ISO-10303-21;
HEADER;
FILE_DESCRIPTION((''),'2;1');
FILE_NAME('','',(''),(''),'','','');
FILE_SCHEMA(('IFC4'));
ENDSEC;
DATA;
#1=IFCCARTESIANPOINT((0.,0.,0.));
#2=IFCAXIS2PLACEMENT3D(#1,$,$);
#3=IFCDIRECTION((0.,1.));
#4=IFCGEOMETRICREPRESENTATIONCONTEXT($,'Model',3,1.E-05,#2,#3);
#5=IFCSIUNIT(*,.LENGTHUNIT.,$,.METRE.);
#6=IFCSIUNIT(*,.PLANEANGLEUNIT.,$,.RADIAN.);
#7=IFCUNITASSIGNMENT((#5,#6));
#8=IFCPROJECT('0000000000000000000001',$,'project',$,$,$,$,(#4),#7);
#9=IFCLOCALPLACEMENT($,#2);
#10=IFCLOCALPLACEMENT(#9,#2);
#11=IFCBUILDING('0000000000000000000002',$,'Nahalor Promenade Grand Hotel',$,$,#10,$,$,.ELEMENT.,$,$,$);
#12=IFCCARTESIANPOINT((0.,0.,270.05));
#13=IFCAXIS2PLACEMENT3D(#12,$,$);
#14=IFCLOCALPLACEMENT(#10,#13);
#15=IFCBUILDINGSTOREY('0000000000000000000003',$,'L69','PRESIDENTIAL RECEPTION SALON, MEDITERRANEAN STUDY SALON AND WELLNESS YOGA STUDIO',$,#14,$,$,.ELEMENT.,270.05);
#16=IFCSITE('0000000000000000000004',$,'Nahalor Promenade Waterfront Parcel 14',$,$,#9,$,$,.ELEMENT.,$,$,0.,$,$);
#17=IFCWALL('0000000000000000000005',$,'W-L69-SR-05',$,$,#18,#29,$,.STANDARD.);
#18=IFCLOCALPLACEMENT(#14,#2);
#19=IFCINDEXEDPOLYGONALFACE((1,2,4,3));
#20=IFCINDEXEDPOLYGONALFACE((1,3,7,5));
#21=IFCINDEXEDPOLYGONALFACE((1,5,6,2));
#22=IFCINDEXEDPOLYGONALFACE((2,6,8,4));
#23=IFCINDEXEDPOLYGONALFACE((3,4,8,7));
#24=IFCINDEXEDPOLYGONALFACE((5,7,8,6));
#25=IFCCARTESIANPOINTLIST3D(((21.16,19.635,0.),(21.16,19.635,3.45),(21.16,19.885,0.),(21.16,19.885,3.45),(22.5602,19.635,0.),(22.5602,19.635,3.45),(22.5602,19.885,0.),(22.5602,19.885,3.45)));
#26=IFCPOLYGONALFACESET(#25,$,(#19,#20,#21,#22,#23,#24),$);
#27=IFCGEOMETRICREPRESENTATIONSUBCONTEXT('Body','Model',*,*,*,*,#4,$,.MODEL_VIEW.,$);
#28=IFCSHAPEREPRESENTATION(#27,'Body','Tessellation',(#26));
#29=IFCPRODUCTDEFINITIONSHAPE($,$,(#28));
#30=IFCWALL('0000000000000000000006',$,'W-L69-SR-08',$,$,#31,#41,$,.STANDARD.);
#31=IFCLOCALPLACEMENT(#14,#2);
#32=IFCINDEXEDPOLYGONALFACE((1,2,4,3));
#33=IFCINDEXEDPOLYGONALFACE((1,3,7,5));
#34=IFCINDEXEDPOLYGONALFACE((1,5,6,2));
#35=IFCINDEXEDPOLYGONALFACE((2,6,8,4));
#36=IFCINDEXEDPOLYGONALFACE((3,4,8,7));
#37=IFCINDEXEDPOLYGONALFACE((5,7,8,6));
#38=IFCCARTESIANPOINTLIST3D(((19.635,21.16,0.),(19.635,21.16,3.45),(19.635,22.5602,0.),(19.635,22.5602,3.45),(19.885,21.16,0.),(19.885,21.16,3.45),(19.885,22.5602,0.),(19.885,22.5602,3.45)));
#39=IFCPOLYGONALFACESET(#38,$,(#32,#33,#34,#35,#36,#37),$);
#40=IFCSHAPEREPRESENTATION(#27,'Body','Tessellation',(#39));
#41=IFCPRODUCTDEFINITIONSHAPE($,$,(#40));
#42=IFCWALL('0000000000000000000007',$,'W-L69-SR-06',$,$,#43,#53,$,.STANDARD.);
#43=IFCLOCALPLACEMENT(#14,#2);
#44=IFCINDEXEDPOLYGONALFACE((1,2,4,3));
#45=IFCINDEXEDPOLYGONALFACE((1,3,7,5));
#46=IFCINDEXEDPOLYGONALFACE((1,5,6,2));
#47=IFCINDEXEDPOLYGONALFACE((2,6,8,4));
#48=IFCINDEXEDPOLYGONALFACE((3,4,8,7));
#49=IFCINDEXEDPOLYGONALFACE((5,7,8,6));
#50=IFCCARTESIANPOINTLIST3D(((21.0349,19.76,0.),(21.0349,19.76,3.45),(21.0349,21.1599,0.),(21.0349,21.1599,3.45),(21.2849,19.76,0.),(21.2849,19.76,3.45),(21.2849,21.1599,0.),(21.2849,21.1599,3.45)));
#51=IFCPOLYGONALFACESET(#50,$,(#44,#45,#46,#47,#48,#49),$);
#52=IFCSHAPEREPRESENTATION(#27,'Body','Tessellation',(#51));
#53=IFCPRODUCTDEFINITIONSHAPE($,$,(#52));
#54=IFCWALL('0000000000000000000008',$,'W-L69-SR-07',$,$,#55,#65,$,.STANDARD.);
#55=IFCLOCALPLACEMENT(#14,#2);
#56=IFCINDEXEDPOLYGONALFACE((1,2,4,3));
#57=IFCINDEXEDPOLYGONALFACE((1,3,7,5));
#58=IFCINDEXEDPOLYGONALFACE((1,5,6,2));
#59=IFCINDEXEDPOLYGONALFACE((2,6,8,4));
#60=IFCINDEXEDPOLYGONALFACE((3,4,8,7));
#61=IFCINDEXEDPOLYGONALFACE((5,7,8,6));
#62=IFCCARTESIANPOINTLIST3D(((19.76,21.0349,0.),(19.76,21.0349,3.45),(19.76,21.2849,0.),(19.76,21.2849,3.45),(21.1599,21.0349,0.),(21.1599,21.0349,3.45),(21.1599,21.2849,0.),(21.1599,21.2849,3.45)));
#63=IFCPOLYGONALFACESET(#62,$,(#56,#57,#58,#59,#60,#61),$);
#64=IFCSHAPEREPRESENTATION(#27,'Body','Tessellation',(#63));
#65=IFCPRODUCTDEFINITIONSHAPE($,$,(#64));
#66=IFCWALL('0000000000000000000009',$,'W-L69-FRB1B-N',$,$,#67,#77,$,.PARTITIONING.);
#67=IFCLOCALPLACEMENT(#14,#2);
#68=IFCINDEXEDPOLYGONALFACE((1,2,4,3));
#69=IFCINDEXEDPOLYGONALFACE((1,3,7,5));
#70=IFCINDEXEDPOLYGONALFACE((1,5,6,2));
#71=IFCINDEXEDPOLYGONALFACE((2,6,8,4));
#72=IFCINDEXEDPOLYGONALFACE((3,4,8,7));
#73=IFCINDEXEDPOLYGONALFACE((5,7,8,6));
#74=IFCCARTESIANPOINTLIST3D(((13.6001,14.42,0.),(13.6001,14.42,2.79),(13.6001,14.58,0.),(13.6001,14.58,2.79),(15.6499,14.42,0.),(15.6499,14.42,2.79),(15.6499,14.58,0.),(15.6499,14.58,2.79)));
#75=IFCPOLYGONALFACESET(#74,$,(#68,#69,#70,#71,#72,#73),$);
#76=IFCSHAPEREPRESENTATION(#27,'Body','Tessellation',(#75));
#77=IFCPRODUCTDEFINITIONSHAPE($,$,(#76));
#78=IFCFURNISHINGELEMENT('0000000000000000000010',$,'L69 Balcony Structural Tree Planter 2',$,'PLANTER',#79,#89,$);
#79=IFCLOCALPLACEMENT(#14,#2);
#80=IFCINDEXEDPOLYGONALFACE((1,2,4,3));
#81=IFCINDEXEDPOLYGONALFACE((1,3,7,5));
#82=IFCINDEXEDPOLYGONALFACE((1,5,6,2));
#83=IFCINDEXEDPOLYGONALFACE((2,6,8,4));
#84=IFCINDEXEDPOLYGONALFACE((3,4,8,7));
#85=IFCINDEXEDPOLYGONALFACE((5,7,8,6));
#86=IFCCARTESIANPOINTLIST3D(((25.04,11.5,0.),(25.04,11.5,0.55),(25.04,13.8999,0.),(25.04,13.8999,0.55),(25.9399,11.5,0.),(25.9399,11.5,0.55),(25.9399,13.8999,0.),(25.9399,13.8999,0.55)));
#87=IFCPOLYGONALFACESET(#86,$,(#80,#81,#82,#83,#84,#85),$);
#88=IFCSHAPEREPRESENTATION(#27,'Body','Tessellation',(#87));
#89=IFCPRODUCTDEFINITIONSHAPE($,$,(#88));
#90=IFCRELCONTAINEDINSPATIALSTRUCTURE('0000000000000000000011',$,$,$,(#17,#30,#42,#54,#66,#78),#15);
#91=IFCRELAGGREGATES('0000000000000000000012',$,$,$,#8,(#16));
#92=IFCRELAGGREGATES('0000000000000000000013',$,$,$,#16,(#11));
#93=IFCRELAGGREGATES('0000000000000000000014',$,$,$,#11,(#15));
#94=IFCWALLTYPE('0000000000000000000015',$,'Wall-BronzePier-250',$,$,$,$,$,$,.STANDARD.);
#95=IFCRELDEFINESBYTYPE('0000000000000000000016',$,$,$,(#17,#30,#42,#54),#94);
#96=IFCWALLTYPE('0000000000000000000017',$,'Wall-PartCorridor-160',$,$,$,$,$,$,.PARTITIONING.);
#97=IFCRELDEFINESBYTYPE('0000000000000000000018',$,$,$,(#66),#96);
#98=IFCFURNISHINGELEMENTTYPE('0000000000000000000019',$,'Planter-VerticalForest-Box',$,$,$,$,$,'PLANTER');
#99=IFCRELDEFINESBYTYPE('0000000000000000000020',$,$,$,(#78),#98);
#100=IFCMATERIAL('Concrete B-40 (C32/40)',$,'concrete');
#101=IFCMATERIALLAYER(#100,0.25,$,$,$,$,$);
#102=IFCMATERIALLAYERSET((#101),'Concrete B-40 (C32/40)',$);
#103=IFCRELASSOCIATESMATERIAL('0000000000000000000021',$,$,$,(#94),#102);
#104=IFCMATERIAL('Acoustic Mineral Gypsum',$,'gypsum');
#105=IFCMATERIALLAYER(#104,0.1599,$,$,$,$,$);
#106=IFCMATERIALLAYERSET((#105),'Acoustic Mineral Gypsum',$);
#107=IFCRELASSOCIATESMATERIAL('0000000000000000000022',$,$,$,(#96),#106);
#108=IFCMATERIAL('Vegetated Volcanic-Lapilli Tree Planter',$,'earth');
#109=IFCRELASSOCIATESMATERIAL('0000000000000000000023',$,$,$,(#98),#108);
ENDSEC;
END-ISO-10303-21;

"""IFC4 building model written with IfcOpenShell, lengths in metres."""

from ifc_helpers import new_model, si_unit, direction, frame, frame_2d, origin, origin_2d, place, context, subcontext, project, spatial, rectangle, extrude, source, transform, mapped, material, layer, layer_set, type_object, element, save


model = new_model("IFC4")

# Units and contexts
model_context = context("Model", 3, precision=1e-05, world=origin(), true_north=direction((0.0, 1.0)))
body_context = subcontext(model_context, "Body", "Model", "MODEL_VIEW")
ifc_project = project(units=[si_unit("LENGTHUNIT", "METRE"), si_unit("PLANEANGLEUNIT", "RADIAN")], contexts=[model_context])

# Site, building, storey
site_placement = place(None, origin())
site = spatial("IfcSite", under=ifc_project, at=site_placement, Name="Nahalor Promenade Waterfront Parcel 14", CompositionType="ELEMENT", RefElevation=0.0)
building_placement = place(site_placement, origin())
building = spatial("IfcBuilding", under=site, at=building_placement, Name="Nahalor Promenade Grand Hotel", CompositionType="ELEMENT")
storey_placement = place(building_placement, frame((0.0, 0.0, 270.05)))
storey = spatial("IfcBuildingStorey", under=building, at=storey_placement, Name="L69", Description="PRESIDENTIAL RECEPTION SALON, MEDITERRANEAN STUDY SALON AND WELLNESS YOGA STUDIO", CompositionType="ELEMENT", Elevation=270.05)

# Walls
ifc_material_1 = material(Name="Concrete B-40 (C32/40)", Category="concrete")
ifc_layer_1 = layer(ifc_material_1, 0.25)
ifc_layer_set_1 = layer_set([ifc_layer_1], Name="Concrete B-40 (C32/40)")
wall_type_1 = type_object("IfcWallType", Name="Wall-BronzePier-250", PredefinedType="STANDARD", material=ifc_layer_set_1)
shared_shape_1 = source(origin(), body_context, "Body", "SweptSolid", [
    extrude(rectangle(XDim=1.4001, YDim=0.25, at=frame_2d((0.7002, 0.0))), origin(), (0.0, 0.0, 1.0), 3.45),
])
for number, where, z_axis, x_axis, name in (
    (1, (21.1599, 19.76, 0.0), (0.0, 0.0, 1.0), (1.0, 0.0, 0.0), "W-L69-SR-05"),
    (2, (19.76, 21.1599, 0.0), (0.0, 0.0, 1.0), (0.0, 1.0, 0.0), "W-L69-SR-08"),
):
    element("IfcWall", number, at=place(storey_placement, frame(where, z_axis=z_axis, x_axis=x_axis)), inside=storey, type_object=wall_type_1, Name=name, PredefinedType="STANDARD", context=body_context, shape_type="MappedRepresentation", body=[
        mapped(shared_shape_1, transform((0.0, 0.0, 0.0), scale=1.0)),
    ])
shared_shape_2 = source(origin(), body_context, "Body", "SweptSolid", [
    extrude(rectangle(XDim=1.3999, YDim=0.25, at=frame_2d((0.7, 0.0))), origin(), (0.0, 0.0, 1.0), 3.45),
])
for number, where, z_axis, x_axis, name in (
    (3, (21.1599, 19.76, 0.0), (0.0, 0.0, 1.0), (0.0, 1.0, 0.0), "W-L69-SR-06"),
    (4, (19.76, 21.1599, 0.0), (0.0, 0.0, 1.0), (1.0, 0.0, 0.0), "W-L69-SR-07"),
):
    element("IfcWall", number, at=place(storey_placement, frame(where, z_axis=z_axis, x_axis=x_axis)), inside=storey, type_object=wall_type_1, Name=name, PredefinedType="STANDARD", context=body_context, shape_type="MappedRepresentation", body=[
        mapped(shared_shape_2, transform((0.0, 0.0, 0.0), scale=1.0)),
    ])
ifc_material_2 = material(Name="Acoustic Mineral Gypsum", Category="gypsum")
ifc_layer_2 = layer(ifc_material_2, 0.1599)
ifc_layer_set_2 = layer_set([ifc_layer_2], Name="Acoustic Mineral Gypsum")
wall_type_2 = type_object("IfcWallType", Name="Wall-PartCorridor-160", PredefinedType="PARTITIONING", material=ifc_layer_set_2)
shared_shape_3 = source(origin(), body_context, "Body", "SweptSolid", [
    extrude(rectangle(XDim=2.0498, YDim=0.1599, at=frame_2d((1.0249, 0.0))), origin(), (0.0, 0.0, 1.0), 2.79),
])
wall_1_placement = place(storey_placement, frame((13.6001, 14.5, 0.0), z_axis=(0.0, 0.0, 1.0), x_axis=(1.0, 0.0, 0.0)))
element("IfcWall", 5, at=wall_1_placement, inside=storey, type_object=wall_type_2, Name="W-L69-FRB1B-N", PredefinedType="PARTITIONING", context=body_context, shape_type="MappedRepresentation", body=[
    mapped(shared_shape_3, transform((0.0, 0.0, 0.0), scale=1.0)),
])

# Furnishing element
ifc_material_3 = material(Name="Vegetated Volcanic-Lapilli Tree Planter", Category="earth")
furnishing_element_type = type_object("IfcFurnishingElementType", Name="Planter-VerticalForest-Box", ElementType="PLANTER", material=ifc_material_3)
shared_shape_4 = source(origin(), body_context, "Body", "SweptSolid", [
    extrude(rectangle(XDim=2.3999, YDim=0.8999, at=origin_2d()), origin(), (0.0, 0.0, 1.0), 0.55),
])
furnishing_placement = place(storey_placement, frame((25.49, 12.7, 0.0), z_axis=(0.0, 0.0, 1.0), x_axis=(0.0, 1.0, 0.0)))
element("IfcFurnishingElement", 6, at=furnishing_placement, inside=storey, type_object=furnishing_element_type, Name="L69 Balcony Structural Tree Planter 2", ObjectType="PLANTER", context=body_context, shape_type="MappedRepresentation", body=[
    mapped(shared_shape_4, transform((0.0, 0.0, 0.0), scale=1.0)),
])

save(model, "model.ifc")
